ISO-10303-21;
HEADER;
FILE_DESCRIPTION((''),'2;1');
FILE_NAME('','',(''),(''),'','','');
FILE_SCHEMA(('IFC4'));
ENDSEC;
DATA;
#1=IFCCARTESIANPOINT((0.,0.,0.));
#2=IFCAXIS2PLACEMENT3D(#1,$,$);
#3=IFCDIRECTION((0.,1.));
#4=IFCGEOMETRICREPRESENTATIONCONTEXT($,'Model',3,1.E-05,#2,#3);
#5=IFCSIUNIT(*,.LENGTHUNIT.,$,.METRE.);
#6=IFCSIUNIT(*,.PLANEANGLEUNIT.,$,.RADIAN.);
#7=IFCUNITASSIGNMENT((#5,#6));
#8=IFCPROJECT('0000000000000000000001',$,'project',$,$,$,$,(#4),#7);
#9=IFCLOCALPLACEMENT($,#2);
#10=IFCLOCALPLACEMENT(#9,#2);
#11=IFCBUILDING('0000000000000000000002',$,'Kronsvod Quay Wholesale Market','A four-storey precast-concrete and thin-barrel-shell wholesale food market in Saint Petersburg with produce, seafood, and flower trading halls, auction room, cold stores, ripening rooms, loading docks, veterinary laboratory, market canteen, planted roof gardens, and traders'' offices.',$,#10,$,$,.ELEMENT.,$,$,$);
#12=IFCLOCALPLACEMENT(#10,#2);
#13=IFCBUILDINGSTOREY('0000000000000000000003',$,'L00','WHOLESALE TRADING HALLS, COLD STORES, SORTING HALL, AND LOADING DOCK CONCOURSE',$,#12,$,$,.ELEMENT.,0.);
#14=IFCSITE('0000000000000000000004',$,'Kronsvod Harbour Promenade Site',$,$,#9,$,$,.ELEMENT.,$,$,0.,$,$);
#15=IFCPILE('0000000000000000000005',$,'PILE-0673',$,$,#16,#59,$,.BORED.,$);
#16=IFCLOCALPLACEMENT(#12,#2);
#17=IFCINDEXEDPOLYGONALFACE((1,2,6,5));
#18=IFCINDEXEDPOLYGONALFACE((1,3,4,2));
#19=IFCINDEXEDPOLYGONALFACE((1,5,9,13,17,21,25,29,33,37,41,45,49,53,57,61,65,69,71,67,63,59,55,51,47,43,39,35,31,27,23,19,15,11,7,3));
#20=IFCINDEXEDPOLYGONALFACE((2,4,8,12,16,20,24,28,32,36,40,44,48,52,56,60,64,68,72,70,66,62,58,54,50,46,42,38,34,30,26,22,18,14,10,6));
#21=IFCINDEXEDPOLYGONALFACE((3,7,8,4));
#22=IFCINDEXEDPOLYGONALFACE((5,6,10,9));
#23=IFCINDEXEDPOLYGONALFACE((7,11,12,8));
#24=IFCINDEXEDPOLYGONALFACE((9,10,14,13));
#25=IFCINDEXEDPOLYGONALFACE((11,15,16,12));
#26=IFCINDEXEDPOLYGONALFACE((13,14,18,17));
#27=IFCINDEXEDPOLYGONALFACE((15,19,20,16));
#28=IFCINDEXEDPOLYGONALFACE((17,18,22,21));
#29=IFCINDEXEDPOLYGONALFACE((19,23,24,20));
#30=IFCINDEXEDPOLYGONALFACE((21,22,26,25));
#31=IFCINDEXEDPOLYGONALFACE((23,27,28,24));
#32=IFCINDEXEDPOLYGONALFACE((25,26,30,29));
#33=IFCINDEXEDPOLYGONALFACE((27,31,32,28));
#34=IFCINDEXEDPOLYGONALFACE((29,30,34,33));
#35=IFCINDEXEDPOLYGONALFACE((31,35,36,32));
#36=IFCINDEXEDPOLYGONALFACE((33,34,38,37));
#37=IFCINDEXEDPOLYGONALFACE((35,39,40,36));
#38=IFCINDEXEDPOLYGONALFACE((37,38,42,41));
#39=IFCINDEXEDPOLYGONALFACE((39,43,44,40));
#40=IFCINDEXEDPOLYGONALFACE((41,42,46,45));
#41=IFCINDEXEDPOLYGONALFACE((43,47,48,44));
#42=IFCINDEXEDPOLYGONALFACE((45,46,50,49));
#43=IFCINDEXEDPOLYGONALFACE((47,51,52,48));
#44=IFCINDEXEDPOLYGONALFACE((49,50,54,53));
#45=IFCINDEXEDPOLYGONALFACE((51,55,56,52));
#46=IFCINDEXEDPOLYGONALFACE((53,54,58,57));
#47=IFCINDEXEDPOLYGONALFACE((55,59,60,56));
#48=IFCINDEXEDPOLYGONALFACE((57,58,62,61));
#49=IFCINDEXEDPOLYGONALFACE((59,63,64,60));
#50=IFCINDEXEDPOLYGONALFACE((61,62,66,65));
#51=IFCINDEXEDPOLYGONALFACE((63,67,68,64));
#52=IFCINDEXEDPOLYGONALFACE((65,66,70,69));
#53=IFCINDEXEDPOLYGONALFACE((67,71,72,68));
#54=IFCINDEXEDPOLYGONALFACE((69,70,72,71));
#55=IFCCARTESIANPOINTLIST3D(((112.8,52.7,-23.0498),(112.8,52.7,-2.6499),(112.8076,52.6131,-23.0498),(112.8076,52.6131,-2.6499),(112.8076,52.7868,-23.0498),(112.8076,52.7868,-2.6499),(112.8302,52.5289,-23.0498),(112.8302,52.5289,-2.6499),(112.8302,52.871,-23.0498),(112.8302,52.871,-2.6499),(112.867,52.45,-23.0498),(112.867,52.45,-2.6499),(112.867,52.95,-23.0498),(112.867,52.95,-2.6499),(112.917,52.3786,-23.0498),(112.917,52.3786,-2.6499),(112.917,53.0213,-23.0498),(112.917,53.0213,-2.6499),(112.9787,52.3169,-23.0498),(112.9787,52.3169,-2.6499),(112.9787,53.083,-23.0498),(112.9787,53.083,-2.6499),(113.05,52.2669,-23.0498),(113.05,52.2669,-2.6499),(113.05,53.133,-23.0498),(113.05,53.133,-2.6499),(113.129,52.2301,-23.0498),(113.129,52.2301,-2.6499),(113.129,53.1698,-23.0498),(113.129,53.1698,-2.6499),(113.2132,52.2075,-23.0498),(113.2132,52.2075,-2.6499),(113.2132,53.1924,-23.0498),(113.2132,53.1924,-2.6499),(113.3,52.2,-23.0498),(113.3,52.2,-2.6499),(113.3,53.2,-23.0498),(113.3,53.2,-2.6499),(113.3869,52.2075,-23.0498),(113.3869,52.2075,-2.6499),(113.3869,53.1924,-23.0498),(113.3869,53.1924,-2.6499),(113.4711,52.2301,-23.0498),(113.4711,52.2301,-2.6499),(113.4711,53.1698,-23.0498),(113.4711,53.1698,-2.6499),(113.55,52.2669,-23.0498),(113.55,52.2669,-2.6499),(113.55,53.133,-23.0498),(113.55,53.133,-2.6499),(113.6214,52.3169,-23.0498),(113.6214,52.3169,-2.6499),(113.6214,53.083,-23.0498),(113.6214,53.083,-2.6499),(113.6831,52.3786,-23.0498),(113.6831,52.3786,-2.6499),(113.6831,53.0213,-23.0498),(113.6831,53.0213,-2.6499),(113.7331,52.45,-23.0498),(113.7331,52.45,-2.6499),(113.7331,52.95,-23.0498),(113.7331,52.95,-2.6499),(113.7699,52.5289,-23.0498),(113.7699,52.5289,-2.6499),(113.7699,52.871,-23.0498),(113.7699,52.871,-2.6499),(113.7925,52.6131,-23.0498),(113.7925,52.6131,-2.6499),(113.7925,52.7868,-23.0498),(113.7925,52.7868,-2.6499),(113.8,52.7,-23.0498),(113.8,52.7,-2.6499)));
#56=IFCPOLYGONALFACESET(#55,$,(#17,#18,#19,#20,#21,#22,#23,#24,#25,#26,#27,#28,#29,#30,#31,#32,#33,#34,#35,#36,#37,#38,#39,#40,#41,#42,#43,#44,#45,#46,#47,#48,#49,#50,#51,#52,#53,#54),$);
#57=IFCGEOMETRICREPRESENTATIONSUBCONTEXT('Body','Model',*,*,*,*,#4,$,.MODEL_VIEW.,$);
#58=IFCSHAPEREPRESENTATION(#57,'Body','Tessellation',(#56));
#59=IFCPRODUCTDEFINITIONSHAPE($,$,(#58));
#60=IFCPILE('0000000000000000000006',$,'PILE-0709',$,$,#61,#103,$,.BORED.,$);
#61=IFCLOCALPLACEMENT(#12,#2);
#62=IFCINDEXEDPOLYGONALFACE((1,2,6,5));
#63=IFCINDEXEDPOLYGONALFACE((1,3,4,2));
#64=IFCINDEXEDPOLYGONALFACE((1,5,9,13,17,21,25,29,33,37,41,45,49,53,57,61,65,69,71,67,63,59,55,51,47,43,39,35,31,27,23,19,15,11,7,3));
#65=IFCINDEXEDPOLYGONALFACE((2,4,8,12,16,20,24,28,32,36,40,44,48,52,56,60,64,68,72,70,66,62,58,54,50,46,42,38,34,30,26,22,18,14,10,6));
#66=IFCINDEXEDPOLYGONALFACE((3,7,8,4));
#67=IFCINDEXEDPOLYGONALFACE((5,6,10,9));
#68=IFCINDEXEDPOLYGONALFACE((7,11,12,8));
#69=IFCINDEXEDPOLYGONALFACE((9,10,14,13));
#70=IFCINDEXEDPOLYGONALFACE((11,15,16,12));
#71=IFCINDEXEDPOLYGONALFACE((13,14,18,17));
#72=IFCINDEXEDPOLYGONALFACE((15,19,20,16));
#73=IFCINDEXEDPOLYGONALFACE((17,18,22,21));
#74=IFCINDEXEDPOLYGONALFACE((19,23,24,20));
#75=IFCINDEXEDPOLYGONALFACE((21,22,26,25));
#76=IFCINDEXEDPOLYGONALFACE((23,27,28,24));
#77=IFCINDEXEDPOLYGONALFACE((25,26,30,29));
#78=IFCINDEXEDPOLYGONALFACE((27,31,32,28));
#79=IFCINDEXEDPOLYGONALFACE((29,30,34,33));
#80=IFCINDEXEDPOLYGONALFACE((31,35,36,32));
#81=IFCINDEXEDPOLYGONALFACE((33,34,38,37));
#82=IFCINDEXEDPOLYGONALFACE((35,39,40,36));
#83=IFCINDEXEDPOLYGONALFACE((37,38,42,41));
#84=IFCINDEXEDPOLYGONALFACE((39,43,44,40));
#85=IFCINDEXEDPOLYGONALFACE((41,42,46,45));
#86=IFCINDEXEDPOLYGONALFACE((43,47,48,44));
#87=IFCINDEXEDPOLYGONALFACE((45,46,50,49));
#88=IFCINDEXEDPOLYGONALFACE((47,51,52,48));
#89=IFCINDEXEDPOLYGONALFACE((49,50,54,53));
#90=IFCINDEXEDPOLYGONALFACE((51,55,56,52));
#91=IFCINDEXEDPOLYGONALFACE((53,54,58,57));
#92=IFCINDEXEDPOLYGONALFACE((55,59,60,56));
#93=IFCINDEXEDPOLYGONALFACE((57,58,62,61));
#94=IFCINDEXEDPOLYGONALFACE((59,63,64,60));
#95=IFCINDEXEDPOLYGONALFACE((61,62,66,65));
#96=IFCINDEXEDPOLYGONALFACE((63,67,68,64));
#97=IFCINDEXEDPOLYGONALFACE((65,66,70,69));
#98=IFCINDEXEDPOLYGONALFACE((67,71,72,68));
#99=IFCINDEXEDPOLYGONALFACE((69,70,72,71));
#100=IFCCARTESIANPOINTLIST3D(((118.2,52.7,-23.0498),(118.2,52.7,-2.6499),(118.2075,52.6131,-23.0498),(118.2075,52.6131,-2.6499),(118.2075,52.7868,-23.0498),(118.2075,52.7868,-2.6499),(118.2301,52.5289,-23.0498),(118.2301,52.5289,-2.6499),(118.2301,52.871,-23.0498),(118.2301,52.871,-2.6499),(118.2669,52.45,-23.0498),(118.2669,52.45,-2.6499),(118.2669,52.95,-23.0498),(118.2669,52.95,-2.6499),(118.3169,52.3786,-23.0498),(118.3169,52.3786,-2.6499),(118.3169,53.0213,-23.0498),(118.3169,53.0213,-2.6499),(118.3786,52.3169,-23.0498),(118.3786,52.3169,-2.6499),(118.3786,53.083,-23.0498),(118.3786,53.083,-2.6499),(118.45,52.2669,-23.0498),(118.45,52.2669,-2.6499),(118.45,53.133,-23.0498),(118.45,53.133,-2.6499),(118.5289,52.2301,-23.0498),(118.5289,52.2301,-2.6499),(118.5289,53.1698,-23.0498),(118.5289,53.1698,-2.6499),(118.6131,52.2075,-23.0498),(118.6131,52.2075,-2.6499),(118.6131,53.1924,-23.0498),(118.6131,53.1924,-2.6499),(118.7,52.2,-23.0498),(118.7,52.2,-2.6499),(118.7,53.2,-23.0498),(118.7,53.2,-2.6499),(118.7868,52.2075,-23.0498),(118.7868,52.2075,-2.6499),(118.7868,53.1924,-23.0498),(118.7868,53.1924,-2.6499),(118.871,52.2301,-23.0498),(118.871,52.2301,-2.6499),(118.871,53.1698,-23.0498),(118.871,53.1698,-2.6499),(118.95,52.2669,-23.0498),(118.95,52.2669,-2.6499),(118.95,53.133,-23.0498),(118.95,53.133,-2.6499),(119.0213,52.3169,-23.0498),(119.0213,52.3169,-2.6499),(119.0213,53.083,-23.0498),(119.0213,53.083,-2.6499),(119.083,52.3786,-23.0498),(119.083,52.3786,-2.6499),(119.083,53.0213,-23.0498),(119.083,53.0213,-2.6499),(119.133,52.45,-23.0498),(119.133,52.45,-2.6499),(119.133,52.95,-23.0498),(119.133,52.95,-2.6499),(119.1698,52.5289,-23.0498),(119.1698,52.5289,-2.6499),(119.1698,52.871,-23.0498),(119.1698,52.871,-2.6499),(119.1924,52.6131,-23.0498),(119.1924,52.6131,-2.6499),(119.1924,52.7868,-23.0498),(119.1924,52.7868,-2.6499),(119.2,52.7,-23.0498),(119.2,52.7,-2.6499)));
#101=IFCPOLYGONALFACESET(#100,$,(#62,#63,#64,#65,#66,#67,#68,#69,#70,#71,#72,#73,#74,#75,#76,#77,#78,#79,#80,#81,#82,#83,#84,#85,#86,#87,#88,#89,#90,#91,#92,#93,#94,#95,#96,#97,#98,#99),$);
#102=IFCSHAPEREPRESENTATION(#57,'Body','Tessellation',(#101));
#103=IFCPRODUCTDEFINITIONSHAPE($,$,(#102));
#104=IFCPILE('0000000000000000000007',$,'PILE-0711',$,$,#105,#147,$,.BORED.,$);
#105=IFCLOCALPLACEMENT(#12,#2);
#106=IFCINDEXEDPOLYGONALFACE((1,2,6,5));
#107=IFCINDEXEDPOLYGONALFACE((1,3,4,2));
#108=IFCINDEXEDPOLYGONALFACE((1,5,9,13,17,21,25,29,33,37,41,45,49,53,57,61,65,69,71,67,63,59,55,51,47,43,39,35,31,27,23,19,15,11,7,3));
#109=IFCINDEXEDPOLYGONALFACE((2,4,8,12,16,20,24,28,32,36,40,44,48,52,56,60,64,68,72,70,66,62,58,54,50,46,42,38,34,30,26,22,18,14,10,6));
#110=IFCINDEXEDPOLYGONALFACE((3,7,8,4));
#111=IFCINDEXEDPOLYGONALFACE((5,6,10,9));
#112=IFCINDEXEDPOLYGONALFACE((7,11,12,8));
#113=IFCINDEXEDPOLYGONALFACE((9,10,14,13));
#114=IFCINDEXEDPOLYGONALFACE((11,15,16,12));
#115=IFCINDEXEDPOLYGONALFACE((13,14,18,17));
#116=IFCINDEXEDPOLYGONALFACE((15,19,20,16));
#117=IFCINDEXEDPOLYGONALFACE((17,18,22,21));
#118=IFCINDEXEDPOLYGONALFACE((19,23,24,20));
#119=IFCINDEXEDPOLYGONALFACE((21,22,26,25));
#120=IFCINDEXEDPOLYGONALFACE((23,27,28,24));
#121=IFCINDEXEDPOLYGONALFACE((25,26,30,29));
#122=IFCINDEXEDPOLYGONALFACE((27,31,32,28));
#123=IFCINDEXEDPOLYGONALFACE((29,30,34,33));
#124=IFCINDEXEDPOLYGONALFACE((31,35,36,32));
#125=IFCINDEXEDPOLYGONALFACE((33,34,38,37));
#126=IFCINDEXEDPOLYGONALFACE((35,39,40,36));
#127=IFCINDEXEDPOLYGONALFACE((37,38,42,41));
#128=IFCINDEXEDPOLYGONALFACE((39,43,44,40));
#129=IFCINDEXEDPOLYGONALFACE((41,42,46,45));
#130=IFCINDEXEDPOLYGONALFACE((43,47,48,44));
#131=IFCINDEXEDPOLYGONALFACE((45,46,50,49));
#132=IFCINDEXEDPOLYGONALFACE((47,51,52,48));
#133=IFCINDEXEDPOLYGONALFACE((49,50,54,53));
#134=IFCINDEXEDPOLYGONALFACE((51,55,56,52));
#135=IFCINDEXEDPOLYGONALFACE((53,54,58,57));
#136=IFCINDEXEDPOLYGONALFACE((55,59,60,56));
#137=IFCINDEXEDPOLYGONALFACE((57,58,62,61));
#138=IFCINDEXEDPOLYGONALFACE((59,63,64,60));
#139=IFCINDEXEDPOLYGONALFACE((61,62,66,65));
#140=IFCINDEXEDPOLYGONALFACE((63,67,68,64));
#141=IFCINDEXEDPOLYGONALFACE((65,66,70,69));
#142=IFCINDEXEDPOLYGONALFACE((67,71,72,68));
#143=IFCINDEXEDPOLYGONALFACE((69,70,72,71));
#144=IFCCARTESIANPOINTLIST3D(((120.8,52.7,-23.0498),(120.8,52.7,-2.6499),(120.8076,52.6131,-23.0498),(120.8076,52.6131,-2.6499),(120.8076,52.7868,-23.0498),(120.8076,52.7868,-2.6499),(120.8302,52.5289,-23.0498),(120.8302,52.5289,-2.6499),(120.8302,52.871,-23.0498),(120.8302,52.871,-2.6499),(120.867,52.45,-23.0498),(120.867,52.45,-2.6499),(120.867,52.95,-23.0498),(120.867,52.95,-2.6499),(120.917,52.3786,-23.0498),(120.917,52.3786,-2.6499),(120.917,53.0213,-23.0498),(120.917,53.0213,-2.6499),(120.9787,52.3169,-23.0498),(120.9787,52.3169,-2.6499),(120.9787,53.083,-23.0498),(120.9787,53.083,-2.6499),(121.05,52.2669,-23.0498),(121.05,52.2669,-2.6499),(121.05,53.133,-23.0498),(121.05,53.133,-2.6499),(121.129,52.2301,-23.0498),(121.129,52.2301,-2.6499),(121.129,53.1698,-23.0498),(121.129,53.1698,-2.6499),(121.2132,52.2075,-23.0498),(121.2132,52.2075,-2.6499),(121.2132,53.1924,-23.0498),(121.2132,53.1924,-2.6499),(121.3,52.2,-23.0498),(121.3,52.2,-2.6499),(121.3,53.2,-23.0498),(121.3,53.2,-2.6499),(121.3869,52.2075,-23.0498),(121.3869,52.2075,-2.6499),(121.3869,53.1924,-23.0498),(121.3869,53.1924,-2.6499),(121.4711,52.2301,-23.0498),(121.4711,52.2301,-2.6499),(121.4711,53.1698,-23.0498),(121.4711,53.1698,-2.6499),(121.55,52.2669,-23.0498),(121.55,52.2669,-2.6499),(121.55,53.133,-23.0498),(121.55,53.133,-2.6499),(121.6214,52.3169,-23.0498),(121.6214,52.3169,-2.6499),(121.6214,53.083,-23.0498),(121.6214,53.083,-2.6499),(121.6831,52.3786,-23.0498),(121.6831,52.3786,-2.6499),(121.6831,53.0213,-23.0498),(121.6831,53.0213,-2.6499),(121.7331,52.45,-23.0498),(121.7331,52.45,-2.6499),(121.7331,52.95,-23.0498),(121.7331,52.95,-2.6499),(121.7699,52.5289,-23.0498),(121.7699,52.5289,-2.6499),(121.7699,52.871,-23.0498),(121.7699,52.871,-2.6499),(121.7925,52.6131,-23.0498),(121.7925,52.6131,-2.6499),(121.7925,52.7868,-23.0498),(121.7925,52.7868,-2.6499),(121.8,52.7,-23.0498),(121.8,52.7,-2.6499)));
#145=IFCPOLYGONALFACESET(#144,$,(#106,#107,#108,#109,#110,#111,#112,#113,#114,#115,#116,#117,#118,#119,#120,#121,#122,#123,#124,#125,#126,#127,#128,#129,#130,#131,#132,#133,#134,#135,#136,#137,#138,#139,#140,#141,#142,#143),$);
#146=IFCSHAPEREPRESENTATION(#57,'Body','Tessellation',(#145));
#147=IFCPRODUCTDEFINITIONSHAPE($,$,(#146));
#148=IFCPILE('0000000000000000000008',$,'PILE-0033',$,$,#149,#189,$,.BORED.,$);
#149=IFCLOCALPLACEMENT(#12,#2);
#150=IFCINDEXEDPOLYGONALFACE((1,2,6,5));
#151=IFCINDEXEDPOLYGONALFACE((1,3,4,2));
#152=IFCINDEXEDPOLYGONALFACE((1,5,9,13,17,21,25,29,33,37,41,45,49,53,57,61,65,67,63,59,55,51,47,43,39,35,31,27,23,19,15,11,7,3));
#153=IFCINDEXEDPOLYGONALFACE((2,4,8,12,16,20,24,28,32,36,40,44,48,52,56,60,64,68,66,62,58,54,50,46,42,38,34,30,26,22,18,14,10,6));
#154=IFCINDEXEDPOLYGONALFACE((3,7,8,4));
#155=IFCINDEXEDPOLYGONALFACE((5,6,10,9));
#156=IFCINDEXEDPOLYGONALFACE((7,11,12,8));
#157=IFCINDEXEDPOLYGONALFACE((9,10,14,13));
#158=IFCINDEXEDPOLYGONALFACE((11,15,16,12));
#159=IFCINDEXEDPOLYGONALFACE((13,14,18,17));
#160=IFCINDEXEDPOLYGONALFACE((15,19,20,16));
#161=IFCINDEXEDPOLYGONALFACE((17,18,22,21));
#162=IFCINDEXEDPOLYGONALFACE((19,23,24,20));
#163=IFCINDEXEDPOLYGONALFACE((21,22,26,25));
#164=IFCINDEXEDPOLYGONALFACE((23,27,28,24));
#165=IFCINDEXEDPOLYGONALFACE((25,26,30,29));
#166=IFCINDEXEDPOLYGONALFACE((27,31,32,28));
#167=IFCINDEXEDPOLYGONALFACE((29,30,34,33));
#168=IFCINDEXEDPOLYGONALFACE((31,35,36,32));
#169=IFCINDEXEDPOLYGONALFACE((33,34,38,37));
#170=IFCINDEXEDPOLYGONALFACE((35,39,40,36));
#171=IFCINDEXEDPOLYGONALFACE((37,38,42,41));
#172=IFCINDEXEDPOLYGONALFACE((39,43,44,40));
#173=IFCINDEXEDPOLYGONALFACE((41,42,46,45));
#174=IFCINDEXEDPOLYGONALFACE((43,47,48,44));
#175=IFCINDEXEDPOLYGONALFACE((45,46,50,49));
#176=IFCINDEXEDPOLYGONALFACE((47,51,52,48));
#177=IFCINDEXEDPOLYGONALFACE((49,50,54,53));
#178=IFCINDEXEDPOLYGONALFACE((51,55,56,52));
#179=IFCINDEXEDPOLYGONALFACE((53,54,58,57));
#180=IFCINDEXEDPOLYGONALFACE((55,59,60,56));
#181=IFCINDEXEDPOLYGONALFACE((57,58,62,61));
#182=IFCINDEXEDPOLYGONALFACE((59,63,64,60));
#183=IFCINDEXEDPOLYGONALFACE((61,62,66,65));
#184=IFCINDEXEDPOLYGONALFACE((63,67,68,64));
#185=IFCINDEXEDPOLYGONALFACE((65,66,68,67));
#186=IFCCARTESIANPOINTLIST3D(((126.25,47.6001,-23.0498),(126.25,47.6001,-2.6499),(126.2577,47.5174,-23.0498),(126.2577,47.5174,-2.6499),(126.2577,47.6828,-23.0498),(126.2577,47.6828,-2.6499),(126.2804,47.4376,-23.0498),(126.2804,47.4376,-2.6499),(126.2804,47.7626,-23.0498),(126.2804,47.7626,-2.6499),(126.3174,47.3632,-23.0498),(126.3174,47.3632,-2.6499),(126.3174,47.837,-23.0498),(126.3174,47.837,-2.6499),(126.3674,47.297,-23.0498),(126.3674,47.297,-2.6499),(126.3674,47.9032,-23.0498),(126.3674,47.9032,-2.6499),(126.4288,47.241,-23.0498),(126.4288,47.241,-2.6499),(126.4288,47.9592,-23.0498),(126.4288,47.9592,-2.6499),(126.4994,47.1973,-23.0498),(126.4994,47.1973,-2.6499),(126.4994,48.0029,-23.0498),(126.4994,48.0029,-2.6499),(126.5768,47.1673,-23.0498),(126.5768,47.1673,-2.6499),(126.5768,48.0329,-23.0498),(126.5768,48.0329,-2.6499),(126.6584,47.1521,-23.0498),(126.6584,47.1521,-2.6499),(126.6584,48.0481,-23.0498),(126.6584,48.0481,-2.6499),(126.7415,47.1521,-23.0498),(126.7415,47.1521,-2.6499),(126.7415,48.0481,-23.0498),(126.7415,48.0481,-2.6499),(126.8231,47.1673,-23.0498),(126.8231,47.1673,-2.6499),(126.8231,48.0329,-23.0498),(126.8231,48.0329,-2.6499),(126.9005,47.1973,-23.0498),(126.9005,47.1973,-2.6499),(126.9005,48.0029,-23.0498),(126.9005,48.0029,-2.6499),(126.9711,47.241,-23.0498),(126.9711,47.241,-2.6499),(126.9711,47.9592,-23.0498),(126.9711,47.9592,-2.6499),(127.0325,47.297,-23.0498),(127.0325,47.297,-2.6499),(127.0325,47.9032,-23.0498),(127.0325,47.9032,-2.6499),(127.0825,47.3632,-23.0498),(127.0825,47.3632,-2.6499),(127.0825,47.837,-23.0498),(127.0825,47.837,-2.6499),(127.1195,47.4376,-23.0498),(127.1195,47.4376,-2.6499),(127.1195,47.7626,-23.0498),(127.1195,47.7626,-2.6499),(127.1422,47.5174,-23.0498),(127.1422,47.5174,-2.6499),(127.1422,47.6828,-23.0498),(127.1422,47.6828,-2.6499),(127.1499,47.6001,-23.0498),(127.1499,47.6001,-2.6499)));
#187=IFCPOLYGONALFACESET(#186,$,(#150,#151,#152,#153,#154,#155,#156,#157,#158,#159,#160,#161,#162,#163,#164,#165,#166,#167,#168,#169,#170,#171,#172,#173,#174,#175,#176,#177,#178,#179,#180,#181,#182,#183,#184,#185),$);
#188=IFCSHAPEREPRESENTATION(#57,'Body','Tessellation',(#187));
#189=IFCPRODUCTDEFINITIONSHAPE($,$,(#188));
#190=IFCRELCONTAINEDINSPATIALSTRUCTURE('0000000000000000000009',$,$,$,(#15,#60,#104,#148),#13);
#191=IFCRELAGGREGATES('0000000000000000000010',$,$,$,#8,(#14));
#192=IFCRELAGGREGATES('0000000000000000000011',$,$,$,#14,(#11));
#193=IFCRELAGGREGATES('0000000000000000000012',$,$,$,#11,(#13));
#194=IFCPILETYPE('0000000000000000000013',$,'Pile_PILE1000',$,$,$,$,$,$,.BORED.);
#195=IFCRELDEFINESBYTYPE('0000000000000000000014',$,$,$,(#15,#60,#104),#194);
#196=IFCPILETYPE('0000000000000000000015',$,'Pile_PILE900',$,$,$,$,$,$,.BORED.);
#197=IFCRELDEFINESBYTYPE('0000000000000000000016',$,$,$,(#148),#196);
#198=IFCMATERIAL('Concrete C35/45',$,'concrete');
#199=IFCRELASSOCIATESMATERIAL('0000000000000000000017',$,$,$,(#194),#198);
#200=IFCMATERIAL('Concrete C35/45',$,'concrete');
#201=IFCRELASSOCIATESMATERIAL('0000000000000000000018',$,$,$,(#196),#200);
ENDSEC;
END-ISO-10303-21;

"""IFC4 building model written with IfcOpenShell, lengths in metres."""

from ifc_helpers import new_model, si_unit, direction, frame, origin, origin_2d, place, context, subcontext, project, spatial, circle, extrude, material, material_profile, profile_set, type_object, element, save


model = new_model("IFC4")

# Units and contexts
model_context = context("Model", 3, precision=1e-05, world=origin(), true_north=direction((0.0, 1.0)))
body_context = subcontext(model_context, "Body", "Model", "MODEL_VIEW")
ifc_project = project(units=[si_unit("LENGTHUNIT", "METRE"), si_unit("PLANEANGLEUNIT", "RADIAN")], contexts=[model_context])

# Site, building, storey
site_placement = place(None, origin())
site = spatial("IfcSite", under=ifc_project, at=site_placement, Name="Kronsvod Harbour Promenade Site", CompositionType="ELEMENT", RefElevation=0.0)
building_placement = place(site_placement, origin())
building = spatial("IfcBuilding", under=site, at=building_placement, Name="Kronsvod Quay Wholesale Market", Description="A four-storey precast-concrete and thin-barrel-shell wholesale food market in Saint Petersburg with produce, seafood, and flower trading halls, auction room, cold stores, ripening rooms, loading docks, veterinary laboratory, market canteen, planted roof gardens, and traders' offices.", CompositionType="ELEMENT")
storey_placement = place(building_placement, origin())
storey = spatial("IfcBuildingStorey", under=building, at=storey_placement, Name="L00", Description="WHOLESALE TRADING HALLS, COLD STORES, SORTING HALL, AND LOADING DOCK CONCOURSE", CompositionType="ELEMENT", Elevation=0.0)

# Piles
ifc_material_1 = material(Name="Concrete C35/45", Category="concrete")
ifc_material_profile_1 = material_profile(ifc_material_1, circle(Radius=0.5, at=origin_2d()), Name="PILE1000")
ifc_profile_set_1 = profile_set([ifc_material_profile_1], Name="Concrete C35/45")
pile_type_1 = type_object("IfcPileType", Name="Pile_PILE1000", PredefinedType="BORED", material=ifc_profile_set_1)
for number, where, z_axis, x_axis, name in (
    (1, (113.3, 52.7, -2.6499), (0.0, 0.0, -1.0), (1.0, 0.0, 0.0), "PILE-0673"),
    (2, (118.7, 52.7, -2.6499), (0.0, 0.0, -1.0), (1.0, 0.0, 0.0), "PILE-0709"),
    (3, (121.3, 52.7, -2.6499), (0.0, 0.0, -1.0), (1.0, 0.0, 0.0), "PILE-0711"),
):
    element("IfcPile", number, at=place(storey_placement, frame(where, z_axis=z_axis, x_axis=x_axis)), inside=storey, type_object=pile_type_1, Name=name, PredefinedType="BORED", context=body_context, shape_type="SweptSolid", body=[
        extrude(circle(Radius=0.5, at=origin_2d()), origin(), (0.0, 0.0, 1.0), 20.3999),
    ])
ifc_material_2 = material(Name="Concrete C35/45", Category="concrete")
ifc_material_profile_2 = material_profile(ifc_material_2, circle(Radius=0.45, at=origin_2d()), Name="PILE900")
ifc_profile_set_2 = profile_set([ifc_material_profile_2], Name="Concrete C35/45")
pile_type_2 = type_object("IfcPileType", Name="Pile_PILE900", PredefinedType="BORED", material=ifc_profile_set_2)
for number, where, z_axis, x_axis, name in (
    (4, (126.7, 47.6001, -2.6499), (0.0, 0.0, -1.0), (1.0, 0.0, 0.0), "PILE-0033"),
):
    element("IfcPile", number, at=place(storey_placement, frame(where, z_axis=z_axis, x_axis=x_axis)), inside=storey, type_object=pile_type_2, Name=name, PredefinedType="BORED", context=body_context, shape_type="SweptSolid", body=[
        extrude(circle(Radius=0.45, at=origin_2d()), origin(), (0.0, 0.0, 1.0), 20.3999),
    ])

save(model, "model.ifc")
